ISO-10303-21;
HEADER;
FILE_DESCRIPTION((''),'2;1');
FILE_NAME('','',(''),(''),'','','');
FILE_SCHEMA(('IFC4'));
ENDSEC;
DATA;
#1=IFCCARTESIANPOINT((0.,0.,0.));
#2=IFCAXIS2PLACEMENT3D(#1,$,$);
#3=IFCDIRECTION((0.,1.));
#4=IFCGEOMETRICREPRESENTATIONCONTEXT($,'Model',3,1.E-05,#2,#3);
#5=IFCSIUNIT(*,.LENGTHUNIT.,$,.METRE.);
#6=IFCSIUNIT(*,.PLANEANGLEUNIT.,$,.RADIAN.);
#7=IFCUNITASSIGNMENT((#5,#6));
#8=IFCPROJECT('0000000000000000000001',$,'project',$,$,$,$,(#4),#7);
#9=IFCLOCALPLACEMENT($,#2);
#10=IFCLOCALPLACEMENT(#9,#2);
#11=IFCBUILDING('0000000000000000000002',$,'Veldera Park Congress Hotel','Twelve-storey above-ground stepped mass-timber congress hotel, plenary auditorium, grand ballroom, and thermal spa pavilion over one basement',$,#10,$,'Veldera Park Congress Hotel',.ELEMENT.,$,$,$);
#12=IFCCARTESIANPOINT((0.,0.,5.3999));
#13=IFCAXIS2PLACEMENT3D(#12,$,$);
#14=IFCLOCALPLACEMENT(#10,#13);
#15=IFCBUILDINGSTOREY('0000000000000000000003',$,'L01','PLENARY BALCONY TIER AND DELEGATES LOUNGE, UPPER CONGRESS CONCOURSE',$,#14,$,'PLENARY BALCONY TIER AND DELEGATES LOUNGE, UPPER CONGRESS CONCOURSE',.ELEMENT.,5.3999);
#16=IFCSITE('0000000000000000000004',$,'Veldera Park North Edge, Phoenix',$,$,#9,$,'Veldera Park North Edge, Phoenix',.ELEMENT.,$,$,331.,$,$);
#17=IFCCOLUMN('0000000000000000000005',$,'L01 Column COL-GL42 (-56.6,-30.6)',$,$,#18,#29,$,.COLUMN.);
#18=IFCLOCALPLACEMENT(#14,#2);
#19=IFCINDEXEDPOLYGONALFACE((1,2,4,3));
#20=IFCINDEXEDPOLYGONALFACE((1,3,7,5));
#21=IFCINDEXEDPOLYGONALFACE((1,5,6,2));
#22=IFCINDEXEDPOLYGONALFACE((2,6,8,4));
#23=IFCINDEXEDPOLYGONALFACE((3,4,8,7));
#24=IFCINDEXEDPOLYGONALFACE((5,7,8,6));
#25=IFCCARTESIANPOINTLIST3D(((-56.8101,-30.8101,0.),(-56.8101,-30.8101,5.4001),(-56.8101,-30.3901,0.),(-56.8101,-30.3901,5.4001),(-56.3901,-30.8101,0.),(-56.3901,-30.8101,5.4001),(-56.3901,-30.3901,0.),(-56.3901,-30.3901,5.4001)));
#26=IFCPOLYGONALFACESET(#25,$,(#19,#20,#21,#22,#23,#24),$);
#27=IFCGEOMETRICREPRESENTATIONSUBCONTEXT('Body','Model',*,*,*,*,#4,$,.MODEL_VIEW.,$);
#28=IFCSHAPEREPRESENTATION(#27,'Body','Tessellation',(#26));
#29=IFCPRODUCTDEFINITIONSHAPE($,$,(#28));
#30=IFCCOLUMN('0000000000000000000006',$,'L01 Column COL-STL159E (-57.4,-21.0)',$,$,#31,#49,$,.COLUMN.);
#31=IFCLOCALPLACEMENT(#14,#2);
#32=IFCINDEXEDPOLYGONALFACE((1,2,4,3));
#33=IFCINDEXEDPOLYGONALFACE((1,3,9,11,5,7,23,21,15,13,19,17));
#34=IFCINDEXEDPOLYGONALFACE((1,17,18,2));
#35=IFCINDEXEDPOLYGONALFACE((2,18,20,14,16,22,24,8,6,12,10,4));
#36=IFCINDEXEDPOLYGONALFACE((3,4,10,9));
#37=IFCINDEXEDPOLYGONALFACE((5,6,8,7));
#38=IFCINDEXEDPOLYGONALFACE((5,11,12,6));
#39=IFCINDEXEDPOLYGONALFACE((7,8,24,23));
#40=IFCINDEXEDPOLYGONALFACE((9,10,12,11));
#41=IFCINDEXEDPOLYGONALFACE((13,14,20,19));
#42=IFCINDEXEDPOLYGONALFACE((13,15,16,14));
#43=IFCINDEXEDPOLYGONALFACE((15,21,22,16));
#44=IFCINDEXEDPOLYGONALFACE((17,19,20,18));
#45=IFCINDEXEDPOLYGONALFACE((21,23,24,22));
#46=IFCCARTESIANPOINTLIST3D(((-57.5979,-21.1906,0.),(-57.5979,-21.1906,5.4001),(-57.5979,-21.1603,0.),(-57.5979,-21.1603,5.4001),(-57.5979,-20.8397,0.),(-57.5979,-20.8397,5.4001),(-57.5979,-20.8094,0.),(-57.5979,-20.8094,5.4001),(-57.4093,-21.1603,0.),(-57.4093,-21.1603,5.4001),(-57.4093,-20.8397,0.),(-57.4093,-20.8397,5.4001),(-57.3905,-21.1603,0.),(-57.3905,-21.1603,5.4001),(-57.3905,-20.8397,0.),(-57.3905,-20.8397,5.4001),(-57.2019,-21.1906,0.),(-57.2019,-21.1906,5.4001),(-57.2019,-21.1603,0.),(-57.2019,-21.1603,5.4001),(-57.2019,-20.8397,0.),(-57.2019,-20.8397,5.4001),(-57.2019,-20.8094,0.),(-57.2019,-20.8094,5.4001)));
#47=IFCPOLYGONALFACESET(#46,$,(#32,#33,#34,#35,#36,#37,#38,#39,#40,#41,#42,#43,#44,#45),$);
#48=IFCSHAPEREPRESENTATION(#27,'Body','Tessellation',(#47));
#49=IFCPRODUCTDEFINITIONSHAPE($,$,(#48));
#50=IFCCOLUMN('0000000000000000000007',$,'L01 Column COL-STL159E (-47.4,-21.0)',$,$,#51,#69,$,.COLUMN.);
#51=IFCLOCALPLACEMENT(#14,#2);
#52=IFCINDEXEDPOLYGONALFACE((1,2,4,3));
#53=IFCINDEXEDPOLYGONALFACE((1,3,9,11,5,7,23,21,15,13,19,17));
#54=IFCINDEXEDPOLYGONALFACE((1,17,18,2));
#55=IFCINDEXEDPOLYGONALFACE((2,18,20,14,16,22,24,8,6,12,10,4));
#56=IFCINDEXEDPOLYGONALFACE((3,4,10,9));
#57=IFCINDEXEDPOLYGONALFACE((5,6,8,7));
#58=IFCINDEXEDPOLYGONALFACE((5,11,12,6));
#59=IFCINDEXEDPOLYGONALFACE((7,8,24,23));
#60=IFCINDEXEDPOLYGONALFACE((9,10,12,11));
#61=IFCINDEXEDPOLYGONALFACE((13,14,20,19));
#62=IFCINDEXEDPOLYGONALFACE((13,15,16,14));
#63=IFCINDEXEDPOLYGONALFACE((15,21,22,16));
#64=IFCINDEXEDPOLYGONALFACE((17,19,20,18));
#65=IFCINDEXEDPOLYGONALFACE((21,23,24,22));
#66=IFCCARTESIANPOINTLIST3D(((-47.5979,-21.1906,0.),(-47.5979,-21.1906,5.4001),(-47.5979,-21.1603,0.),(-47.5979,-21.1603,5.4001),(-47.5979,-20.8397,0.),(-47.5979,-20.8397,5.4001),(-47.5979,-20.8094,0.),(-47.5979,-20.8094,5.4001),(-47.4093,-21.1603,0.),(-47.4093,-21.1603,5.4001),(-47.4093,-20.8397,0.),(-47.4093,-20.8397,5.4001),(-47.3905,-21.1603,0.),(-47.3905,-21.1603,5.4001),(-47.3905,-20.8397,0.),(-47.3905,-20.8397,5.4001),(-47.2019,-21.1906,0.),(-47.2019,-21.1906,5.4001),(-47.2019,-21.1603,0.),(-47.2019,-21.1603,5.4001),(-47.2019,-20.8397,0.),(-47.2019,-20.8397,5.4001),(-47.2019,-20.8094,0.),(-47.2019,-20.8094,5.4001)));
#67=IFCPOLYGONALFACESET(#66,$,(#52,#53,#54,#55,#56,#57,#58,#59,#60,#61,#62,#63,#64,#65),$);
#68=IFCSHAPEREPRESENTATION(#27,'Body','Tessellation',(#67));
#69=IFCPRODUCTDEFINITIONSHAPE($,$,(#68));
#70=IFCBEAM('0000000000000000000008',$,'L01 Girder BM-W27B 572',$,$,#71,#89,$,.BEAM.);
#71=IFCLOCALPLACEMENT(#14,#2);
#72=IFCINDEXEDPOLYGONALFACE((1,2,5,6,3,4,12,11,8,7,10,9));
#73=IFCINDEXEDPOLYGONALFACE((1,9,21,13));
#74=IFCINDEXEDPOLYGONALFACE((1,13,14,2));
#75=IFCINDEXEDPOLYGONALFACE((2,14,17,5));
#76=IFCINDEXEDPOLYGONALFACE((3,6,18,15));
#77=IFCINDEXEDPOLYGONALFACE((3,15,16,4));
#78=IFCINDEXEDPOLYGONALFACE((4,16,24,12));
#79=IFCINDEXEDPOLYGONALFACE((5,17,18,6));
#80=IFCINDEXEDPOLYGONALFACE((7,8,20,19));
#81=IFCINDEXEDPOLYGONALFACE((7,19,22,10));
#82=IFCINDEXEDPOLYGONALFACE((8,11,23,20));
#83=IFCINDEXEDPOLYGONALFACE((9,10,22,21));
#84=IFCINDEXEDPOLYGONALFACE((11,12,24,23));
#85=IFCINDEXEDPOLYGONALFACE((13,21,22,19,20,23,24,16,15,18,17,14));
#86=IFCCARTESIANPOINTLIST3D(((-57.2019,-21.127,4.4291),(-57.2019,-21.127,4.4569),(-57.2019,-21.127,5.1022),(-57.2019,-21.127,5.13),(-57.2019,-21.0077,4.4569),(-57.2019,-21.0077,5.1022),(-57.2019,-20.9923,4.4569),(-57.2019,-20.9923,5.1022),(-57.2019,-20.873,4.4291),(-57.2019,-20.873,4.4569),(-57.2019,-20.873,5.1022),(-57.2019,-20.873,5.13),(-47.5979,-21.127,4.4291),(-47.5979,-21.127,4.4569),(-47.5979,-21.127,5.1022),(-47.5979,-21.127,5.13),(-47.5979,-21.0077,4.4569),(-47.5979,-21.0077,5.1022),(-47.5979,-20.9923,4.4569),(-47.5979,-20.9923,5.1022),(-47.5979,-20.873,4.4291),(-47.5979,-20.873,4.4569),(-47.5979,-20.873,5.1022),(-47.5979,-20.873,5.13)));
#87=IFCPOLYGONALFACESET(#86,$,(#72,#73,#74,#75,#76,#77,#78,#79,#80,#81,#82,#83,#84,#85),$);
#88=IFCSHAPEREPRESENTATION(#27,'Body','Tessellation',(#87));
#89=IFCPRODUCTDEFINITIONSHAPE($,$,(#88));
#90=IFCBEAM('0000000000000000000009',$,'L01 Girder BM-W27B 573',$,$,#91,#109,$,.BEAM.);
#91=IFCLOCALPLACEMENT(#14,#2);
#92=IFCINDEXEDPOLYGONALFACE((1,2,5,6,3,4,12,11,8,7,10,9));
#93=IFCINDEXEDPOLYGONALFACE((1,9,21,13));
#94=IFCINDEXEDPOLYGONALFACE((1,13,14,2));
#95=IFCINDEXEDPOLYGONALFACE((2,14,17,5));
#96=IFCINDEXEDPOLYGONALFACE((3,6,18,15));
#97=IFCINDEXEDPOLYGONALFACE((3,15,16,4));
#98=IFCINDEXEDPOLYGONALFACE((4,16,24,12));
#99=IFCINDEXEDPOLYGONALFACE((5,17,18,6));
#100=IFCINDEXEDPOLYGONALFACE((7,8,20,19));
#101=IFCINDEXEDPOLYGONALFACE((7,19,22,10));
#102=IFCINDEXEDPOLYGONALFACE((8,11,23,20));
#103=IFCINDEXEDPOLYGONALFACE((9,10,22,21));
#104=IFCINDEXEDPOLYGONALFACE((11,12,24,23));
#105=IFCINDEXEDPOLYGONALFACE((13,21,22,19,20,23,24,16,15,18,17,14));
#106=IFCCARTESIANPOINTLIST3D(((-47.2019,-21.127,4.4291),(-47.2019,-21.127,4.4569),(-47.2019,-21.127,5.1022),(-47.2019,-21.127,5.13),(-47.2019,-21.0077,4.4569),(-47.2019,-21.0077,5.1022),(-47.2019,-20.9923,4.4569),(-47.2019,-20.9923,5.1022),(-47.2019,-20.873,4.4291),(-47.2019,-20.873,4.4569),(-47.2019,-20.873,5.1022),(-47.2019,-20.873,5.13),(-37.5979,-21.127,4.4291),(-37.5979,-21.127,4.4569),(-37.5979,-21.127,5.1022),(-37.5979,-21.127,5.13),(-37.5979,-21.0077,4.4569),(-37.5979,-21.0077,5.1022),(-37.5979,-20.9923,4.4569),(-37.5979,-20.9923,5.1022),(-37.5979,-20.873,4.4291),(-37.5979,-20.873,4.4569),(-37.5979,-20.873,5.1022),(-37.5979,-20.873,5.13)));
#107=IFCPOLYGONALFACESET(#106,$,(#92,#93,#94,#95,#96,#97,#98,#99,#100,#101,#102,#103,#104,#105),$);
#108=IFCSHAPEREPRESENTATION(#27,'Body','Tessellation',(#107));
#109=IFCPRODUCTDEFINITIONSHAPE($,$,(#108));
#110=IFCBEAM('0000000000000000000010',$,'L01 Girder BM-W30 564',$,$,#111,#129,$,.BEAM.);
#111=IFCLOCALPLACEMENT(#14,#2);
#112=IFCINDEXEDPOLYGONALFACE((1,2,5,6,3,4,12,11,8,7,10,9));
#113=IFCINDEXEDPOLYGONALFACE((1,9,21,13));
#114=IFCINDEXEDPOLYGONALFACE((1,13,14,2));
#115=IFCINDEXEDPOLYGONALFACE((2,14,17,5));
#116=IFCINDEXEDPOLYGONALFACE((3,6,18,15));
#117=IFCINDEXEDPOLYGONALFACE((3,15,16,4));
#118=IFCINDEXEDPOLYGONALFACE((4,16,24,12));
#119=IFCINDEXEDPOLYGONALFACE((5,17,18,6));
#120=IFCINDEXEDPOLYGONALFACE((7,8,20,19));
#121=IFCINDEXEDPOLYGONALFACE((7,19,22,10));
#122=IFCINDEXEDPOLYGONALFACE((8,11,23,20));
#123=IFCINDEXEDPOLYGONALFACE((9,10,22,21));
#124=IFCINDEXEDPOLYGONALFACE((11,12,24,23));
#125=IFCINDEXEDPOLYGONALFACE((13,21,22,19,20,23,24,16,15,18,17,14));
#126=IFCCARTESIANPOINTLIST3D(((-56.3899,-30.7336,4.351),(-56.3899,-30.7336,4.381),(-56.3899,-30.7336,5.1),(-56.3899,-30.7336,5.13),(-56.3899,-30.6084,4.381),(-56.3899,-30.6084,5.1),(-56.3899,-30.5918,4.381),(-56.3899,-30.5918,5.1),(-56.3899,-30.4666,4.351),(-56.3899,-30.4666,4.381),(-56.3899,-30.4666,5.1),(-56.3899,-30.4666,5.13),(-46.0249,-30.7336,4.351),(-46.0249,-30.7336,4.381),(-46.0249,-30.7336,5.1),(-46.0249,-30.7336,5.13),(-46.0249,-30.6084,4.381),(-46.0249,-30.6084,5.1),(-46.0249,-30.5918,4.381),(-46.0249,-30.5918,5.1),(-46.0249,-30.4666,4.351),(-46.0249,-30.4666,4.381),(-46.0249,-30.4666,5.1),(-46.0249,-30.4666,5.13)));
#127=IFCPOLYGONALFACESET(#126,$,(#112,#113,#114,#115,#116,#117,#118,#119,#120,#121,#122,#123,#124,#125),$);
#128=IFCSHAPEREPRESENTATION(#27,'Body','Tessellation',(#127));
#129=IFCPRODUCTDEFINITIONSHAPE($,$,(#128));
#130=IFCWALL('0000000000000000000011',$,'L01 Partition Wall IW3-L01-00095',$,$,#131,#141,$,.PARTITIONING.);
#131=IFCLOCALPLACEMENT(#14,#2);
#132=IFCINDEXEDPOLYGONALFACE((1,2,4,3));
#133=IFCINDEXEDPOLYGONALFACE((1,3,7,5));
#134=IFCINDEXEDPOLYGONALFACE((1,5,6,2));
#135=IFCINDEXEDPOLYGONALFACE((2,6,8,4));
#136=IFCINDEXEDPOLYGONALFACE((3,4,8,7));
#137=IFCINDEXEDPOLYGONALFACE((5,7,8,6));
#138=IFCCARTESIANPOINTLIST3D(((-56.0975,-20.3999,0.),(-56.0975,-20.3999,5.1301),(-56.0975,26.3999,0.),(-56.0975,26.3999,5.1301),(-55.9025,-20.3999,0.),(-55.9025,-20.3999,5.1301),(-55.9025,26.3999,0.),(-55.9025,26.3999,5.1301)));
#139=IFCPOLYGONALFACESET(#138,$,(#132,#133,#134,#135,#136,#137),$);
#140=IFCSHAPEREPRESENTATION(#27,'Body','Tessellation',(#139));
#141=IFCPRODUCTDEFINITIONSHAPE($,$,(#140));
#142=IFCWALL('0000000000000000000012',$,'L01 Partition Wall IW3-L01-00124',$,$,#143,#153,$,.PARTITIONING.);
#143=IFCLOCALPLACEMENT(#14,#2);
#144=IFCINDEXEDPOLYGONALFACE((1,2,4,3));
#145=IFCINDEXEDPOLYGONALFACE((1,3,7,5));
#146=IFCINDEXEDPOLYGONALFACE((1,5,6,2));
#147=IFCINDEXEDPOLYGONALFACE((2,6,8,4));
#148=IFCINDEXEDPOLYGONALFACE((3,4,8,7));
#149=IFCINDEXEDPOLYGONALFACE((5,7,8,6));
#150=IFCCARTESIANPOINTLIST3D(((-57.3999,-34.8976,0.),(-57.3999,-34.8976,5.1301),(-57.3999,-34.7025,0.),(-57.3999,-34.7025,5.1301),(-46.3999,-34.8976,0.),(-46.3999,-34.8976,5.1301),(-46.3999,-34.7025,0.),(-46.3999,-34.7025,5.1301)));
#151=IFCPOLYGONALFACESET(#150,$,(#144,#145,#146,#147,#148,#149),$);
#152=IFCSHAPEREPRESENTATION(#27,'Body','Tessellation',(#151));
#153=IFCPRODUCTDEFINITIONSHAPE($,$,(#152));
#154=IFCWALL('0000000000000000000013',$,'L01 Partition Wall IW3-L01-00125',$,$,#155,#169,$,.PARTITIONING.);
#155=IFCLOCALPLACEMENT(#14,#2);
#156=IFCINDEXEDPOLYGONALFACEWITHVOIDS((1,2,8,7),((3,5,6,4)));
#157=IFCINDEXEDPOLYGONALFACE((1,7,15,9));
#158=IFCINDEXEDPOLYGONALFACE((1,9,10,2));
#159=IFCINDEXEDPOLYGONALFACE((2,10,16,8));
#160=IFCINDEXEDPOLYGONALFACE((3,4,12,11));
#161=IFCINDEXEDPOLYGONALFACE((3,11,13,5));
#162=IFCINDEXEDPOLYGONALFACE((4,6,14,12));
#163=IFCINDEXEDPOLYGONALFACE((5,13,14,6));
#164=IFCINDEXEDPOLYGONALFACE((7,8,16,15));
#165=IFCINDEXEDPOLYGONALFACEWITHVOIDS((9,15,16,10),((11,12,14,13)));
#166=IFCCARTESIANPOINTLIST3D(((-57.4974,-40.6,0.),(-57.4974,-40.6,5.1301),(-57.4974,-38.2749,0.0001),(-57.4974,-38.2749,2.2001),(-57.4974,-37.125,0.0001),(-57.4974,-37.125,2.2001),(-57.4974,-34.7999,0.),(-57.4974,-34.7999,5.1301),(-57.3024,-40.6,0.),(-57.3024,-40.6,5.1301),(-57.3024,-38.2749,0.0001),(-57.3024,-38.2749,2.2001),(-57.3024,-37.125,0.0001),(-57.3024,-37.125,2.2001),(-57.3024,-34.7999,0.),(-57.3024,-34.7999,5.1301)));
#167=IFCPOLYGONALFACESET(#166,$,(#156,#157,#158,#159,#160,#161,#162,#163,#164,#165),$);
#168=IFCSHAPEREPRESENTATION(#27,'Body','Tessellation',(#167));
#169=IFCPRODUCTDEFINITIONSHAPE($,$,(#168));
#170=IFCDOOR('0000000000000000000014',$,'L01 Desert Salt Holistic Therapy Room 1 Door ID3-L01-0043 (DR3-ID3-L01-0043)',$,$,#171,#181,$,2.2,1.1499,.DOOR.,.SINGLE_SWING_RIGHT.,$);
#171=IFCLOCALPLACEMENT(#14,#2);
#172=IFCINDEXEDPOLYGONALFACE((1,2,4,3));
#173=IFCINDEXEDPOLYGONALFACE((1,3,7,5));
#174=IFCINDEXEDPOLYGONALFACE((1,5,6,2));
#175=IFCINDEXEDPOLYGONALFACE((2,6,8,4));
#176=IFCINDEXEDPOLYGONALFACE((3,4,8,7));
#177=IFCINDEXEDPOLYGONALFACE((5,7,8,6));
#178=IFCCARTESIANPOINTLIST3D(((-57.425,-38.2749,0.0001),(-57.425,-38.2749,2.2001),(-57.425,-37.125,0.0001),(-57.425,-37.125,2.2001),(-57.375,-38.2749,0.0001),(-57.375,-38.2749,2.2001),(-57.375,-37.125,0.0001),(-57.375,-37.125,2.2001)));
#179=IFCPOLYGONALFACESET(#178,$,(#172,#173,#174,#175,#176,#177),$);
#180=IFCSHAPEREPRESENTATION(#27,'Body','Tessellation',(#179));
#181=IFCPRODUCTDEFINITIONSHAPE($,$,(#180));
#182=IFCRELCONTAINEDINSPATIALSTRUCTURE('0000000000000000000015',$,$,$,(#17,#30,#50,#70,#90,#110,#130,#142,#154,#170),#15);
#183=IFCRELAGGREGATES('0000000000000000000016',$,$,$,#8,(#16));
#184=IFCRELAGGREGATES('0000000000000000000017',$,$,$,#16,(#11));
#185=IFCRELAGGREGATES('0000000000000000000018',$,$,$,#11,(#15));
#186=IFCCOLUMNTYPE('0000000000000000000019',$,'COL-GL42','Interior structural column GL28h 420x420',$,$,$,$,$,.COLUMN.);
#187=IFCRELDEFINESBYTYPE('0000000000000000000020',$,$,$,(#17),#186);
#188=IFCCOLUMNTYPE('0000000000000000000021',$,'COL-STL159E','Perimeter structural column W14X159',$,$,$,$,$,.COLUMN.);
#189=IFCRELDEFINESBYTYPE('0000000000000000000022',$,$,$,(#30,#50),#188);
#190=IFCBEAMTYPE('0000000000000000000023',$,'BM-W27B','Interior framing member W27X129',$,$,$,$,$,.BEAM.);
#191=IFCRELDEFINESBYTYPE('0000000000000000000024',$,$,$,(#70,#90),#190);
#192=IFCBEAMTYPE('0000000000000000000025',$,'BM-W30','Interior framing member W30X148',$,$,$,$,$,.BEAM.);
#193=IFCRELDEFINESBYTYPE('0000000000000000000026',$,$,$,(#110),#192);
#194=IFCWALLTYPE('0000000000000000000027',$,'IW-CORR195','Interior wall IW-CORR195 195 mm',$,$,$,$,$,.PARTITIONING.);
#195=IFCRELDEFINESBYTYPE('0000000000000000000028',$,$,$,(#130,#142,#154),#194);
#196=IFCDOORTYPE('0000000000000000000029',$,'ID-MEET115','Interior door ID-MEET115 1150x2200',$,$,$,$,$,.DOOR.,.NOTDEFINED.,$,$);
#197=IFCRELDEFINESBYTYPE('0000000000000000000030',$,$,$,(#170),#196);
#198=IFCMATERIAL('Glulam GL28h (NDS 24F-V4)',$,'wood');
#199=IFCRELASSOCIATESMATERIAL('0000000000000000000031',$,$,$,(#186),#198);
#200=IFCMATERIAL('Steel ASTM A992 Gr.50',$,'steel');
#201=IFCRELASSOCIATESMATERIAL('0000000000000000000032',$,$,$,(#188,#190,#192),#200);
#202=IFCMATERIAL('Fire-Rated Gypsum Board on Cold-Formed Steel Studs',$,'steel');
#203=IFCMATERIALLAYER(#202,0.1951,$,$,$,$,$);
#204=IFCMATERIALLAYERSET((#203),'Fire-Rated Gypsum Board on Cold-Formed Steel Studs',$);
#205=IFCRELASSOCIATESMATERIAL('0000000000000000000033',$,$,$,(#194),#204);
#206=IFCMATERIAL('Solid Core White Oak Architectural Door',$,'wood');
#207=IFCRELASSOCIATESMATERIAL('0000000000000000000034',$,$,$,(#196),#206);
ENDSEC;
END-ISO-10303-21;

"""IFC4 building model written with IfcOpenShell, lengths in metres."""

from ifc_helpers import new_model, si_unit, direction, frame, frame_2d, origin, origin_2d, place, context, subcontext, project, spatial, rectangle, i_section, extrude, material, layer, layer_set, material_profile, profile_set, type_object, element, fill, save


model = new_model("IFC4")

# Units and contexts
model_context = context("Model", 3, precision=1e-05, world=origin(), true_north=direction((0.0, 1.0)))
body_context = subcontext(model_context, "Body", "Model", "MODEL_VIEW")
ifc_project = project(units=[si_unit("LENGTHUNIT", "METRE"), si_unit("PLANEANGLEUNIT", "RADIAN")], contexts=[model_context])

# Site, building, storey
site_placement = place(None, origin())
site = spatial("IfcSite", under=ifc_project, at=site_placement, Name="Veldera Park North Edge, Phoenix", LongName="Veldera Park North Edge, Phoenix", CompositionType="ELEMENT", RefElevation=331.0)
building_placement = place(site_placement, origin())
building = spatial("IfcBuilding", under=site, at=building_placement, Name="Veldera Park Congress Hotel", Description="Twelve-storey above-ground stepped mass-timber congress hotel, plenary auditorium, grand ballroom, and thermal spa pavilion over one basement", LongName="Veldera Park Congress Hotel", CompositionType="ELEMENT")
storey_placement = place(building_placement, frame((0.0, 0.0, 5.3999)))
storey = spatial("IfcBuildingStorey", under=building, at=storey_placement, Name="L01", Description="PLENARY BALCONY TIER AND DELEGATES LOUNGE, UPPER CONGRESS CONCOURSE", LongName="PLENARY BALCONY TIER AND DELEGATES LOUNGE, UPPER CONGRESS CONCOURSE", CompositionType="ELEMENT", Elevation=5.3999)

# Columns
ifc_material_1 = material(Name="Glulam GL28h (NDS 24F-V4)", Category="wood")
ifc_material_profile_1 = material_profile(ifc_material_1, rectangle(XDim=0.4199, YDim=0.4199, at=origin_2d()), Name="GL28h 420x420")
ifc_profile_set_1 = profile_set([ifc_material_profile_1], Name="Glulam GL28h (NDS 24F-V4)")
column_type_1 = type_object("IfcColumnType", Name="COL-GL42", Description="Interior structural column GL28h 420x420", PredefinedType="COLUMN", material=ifc_profile_set_1)
column_placement = place(storey_placement, frame((-56.6001, -30.6001, 0.0), z_axis=(0.0, 0.0, 1.0), x_axis=(1.0, 0.0, 0.0)))
element("IfcColumn", 1, at=column_placement, inside=storey, type_object=column_type_1, Name="L01 Column COL-GL42 (-56.6,-30.6)", PredefinedType="COLUMN", context=body_context, shape_type="SweptSolid", body=[
    extrude(rectangle(XDim=0.4199, YDim=0.4199, at=origin_2d()), origin(), (0.0, 0.0, 1.0), 5.4001),
])
ifc_material_2 = material(Name="Steel ASTM A992 Gr.50", Category="steel")
ifc_material_profile_2 = material_profile(ifc_material_2, i_section(OverallWidth=0.396, OverallDepth=0.3811, WebThickness=0.0188, FlangeThickness=0.0303, at=origin_2d()), Name="W14X159")
ifc_profile_set_2 = profile_set([ifc_material_profile_2], Name="Steel ASTM A992 Gr.50")
column_type_2 = type_object("IfcColumnType", Name="COL-STL159E", Description="Perimeter structural column W14X159", PredefinedType="COLUMN", material=ifc_profile_set_2)
for number, where, z_axis, x_axis, name in (
    (2, (-57.3999, -21.0, 0.0), (0.0, 0.0, 1.0), (1.0, 0.0, 0.0), "L01 Column COL-STL159E (-57.4,-21.0)"),
    (3, (-47.3999, -21.0, 0.0), (0.0, 0.0, 1.0), (1.0, 0.0, 0.0), "L01 Column COL-STL159E (-47.4,-21.0)"),
):
    element("IfcColumn", number, at=place(storey_placement, frame(where, z_axis=z_axis, x_axis=x_axis)), inside=storey, type_object=column_type_2, Name=name, PredefinedType="COLUMN", context=body_context, shape_type="SweptSolid", body=[
        extrude(i_section(OverallWidth=0.396, OverallDepth=0.3811, WebThickness=0.0188, FlangeThickness=0.0303, at=origin_2d()), origin(), (0.0, 0.0, 1.0), 5.4001),
    ])

# Beams
ifc_material_profile_3 = material_profile(ifc_material_2, i_section(OverallWidth=0.2539, OverallDepth=0.7009, WebThickness=0.0154, FlangeThickness=0.0278, at=origin_2d()), Name="W27X129")
ifc_profile_set_3 = profile_set([ifc_material_profile_3], Name="Steel ASTM A992 Gr.50")
beam_type_1 = type_object("IfcBeamType", Name="BM-W27B", Description="Interior framing member W27X129", PredefinedType="BEAM", material=ifc_profile_set_3)
for number, where, z_axis, x_axis, name in (
    (4, (-57.2019, -21.0, 4.7795), (1.0, 0.0, 0.0), (0.0, 1.0, 0.0), "L01 Girder BM-W27B 572"),
    (5, (-47.2019, -21.0, 4.7795), (1.0, 0.0, 0.0), (0.0, 1.0, 0.0), "L01 Girder BM-W27B 573"),
):
    element("IfcBeam", number, at=place(storey_placement, frame(where, z_axis=z_axis, x_axis=x_axis)), inside=storey, type_object=beam_type_1, Name=name, PredefinedType="BEAM", context=body_context, shape_type="SweptSolid", body=[
        extrude(i_section(OverallWidth=0.2539, OverallDepth=0.7009, WebThickness=0.0154, FlangeThickness=0.0278, at=origin_2d()), origin(), (0.0, 0.0, 1.0), 9.604),
    ])
ifc_material_profile_4 = material_profile(ifc_material_2, i_section(OverallWidth=0.2671, OverallDepth=0.7791, WebThickness=0.0166, FlangeThickness=0.03, at=origin_2d()), Name="W30X148")
ifc_profile_set_4 = profile_set([ifc_material_profile_4], Name="Steel ASTM A992 Gr.50")
beam_type_2 = type_object("IfcBeamType", Name="BM-W30", Description="Interior framing member W30X148", PredefinedType="BEAM", material=ifc_profile_set_4)
beam_placement = place(storey_placement, frame((-56.3899, -30.6001, 4.7405), z_axis=(1.0, 0.0, 0.0), x_axis=(0.0, 1.0, 0.0)))
element("IfcBeam", 6, at=beam_placement, inside=storey, type_object=beam_type_2, Name="L01 Girder BM-W30 564", PredefinedType="BEAM", context=body_context, shape_type="SweptSolid", body=[
    extrude(i_section(OverallWidth=0.2671, OverallDepth=0.7791, WebThickness=0.0166, FlangeThickness=0.03, at=origin_2d()), origin(), (0.0, 0.0, 1.0), 10.365),
])

# Walls
ifc_material_3 = material(Name="Fire-Rated Gypsum Board on Cold-Formed Steel Studs", Category="steel")
ifc_layer = layer(ifc_material_3, 0.1951)
ifc_layer_set = layer_set([ifc_layer], Name="Fire-Rated Gypsum Board on Cold-Formed Steel Studs")
wall_type = type_object("IfcWallType", Name="IW-CORR195", Description="Interior wall IW-CORR195 195 mm", PredefinedType="PARTITIONING", material=ifc_layer_set)
wall_1_placement = place(storey_placement, frame((-56.0, -20.3999, 0.0), z_axis=(0.0, 0.0, 1.0), x_axis=(0.0, 1.0, 0.0)))
element("IfcWall", 7, at=wall_1_placement, inside=storey, type_object=wall_type, Name="L01 Partition Wall IW3-L01-00095", PredefinedType="PARTITIONING", context=body_context, shape_type="SweptSolid", body=[
    extrude(rectangle(XDim=46.7998, YDim=0.1951, at=frame_2d((23.3999, 0.0))), origin(), (0.0, 0.0, 1.0), 5.1301),
])
wall_2_placement = place(storey_placement, frame((-46.3999, -34.8, 0.0), z_axis=(0.0, 0.0, 1.0), x_axis=(-1.0, 0.0, 0.0)))
element("IfcWall", 8, at=wall_2_placement, inside=storey, type_object=wall_type, Name="L01 Partition Wall IW3-L01-00124", PredefinedType="PARTITIONING", context=body_context, shape_type="SweptSolid", body=[
    extrude(rectangle(XDim=11.0, YDim=0.1951, at=frame_2d((5.5, 0.0))), origin(), (0.0, 0.0, 1.0), 5.1301),
])

# Wall, opening, door
wall_3_placement = place(storey_placement, frame((-57.3999, -34.8, 0.0), z_axis=(0.0, 0.0, 1.0), x_axis=(0.0, -1.0, 0.0)))
wall_3 = element("IfcWall", 9, at=wall_3_placement, inside=storey, type_object=wall_type, Name="L01 Partition Wall IW3-L01-00125", PredefinedType="PARTITIONING", context=body_context, shape_type="SweptSolid", body=[
    extrude(rectangle(XDim=5.8, YDim=0.1951, at=frame_2d((2.8999, 0.0))), origin(), (0.0, 0.0, 1.0), 5.1301),
])
opening_1_placement = place(wall_3_placement, frame((2.325, 0.0, 0.0)))
opening_1 = element("IfcOpeningElement", 10, at=opening_1_placement, cuts=wall_3, PredefinedType="OPENING", context=body_context, shape_type="SweptSolid", body=[
    extrude(rectangle(XDim=1.1499, YDim=2.2, at=frame_2d((0.575, 1.1001))), frame((0.0, 0.1096, 0.0), z_axis=(0.0, -1.0, 0.0), x_axis=(1.0, 0.0, 0.0)), (0.0, 0.0, 1.0), 0.219),
])
ifc_material_4 = material(Name="Solid Core White Oak Architectural Door", Category="wood")
door_type = type_object("IfcDoorType", Name="ID-MEET115", Description="Interior door ID-MEET115 1150x2200", OperationType="NOTDEFINED", PredefinedType="DOOR", material=ifc_material_4)
door_1_placement = place(opening_1_placement, origin())
door_1 = element("IfcDoor", 11, at=door_1_placement, inside=storey, type_object=door_type, Name="L01 Desert Salt Holistic Therapy Room 1 Door ID3-L01-0043 (DR3-ID3-L01-0043)", OperationType="SINGLE_SWING_RIGHT", OverallHeight=2.2, OverallWidth=1.1499, PredefinedType="DOOR", context=body_context, shape_type="SweptSolid", body=[
    extrude(rectangle(XDim=1.1499, YDim=2.2, at=frame_2d((0.575, 1.1001))), frame((0.0, 0.0249, 0.0), z_axis=(0.0, -1.0, 0.0), x_axis=(1.0, 0.0, 0.0)), (0.0, 0.0, 1.0), 0.05),
])
fill(opening_1, door_1)

save(model, "model.ifc")
